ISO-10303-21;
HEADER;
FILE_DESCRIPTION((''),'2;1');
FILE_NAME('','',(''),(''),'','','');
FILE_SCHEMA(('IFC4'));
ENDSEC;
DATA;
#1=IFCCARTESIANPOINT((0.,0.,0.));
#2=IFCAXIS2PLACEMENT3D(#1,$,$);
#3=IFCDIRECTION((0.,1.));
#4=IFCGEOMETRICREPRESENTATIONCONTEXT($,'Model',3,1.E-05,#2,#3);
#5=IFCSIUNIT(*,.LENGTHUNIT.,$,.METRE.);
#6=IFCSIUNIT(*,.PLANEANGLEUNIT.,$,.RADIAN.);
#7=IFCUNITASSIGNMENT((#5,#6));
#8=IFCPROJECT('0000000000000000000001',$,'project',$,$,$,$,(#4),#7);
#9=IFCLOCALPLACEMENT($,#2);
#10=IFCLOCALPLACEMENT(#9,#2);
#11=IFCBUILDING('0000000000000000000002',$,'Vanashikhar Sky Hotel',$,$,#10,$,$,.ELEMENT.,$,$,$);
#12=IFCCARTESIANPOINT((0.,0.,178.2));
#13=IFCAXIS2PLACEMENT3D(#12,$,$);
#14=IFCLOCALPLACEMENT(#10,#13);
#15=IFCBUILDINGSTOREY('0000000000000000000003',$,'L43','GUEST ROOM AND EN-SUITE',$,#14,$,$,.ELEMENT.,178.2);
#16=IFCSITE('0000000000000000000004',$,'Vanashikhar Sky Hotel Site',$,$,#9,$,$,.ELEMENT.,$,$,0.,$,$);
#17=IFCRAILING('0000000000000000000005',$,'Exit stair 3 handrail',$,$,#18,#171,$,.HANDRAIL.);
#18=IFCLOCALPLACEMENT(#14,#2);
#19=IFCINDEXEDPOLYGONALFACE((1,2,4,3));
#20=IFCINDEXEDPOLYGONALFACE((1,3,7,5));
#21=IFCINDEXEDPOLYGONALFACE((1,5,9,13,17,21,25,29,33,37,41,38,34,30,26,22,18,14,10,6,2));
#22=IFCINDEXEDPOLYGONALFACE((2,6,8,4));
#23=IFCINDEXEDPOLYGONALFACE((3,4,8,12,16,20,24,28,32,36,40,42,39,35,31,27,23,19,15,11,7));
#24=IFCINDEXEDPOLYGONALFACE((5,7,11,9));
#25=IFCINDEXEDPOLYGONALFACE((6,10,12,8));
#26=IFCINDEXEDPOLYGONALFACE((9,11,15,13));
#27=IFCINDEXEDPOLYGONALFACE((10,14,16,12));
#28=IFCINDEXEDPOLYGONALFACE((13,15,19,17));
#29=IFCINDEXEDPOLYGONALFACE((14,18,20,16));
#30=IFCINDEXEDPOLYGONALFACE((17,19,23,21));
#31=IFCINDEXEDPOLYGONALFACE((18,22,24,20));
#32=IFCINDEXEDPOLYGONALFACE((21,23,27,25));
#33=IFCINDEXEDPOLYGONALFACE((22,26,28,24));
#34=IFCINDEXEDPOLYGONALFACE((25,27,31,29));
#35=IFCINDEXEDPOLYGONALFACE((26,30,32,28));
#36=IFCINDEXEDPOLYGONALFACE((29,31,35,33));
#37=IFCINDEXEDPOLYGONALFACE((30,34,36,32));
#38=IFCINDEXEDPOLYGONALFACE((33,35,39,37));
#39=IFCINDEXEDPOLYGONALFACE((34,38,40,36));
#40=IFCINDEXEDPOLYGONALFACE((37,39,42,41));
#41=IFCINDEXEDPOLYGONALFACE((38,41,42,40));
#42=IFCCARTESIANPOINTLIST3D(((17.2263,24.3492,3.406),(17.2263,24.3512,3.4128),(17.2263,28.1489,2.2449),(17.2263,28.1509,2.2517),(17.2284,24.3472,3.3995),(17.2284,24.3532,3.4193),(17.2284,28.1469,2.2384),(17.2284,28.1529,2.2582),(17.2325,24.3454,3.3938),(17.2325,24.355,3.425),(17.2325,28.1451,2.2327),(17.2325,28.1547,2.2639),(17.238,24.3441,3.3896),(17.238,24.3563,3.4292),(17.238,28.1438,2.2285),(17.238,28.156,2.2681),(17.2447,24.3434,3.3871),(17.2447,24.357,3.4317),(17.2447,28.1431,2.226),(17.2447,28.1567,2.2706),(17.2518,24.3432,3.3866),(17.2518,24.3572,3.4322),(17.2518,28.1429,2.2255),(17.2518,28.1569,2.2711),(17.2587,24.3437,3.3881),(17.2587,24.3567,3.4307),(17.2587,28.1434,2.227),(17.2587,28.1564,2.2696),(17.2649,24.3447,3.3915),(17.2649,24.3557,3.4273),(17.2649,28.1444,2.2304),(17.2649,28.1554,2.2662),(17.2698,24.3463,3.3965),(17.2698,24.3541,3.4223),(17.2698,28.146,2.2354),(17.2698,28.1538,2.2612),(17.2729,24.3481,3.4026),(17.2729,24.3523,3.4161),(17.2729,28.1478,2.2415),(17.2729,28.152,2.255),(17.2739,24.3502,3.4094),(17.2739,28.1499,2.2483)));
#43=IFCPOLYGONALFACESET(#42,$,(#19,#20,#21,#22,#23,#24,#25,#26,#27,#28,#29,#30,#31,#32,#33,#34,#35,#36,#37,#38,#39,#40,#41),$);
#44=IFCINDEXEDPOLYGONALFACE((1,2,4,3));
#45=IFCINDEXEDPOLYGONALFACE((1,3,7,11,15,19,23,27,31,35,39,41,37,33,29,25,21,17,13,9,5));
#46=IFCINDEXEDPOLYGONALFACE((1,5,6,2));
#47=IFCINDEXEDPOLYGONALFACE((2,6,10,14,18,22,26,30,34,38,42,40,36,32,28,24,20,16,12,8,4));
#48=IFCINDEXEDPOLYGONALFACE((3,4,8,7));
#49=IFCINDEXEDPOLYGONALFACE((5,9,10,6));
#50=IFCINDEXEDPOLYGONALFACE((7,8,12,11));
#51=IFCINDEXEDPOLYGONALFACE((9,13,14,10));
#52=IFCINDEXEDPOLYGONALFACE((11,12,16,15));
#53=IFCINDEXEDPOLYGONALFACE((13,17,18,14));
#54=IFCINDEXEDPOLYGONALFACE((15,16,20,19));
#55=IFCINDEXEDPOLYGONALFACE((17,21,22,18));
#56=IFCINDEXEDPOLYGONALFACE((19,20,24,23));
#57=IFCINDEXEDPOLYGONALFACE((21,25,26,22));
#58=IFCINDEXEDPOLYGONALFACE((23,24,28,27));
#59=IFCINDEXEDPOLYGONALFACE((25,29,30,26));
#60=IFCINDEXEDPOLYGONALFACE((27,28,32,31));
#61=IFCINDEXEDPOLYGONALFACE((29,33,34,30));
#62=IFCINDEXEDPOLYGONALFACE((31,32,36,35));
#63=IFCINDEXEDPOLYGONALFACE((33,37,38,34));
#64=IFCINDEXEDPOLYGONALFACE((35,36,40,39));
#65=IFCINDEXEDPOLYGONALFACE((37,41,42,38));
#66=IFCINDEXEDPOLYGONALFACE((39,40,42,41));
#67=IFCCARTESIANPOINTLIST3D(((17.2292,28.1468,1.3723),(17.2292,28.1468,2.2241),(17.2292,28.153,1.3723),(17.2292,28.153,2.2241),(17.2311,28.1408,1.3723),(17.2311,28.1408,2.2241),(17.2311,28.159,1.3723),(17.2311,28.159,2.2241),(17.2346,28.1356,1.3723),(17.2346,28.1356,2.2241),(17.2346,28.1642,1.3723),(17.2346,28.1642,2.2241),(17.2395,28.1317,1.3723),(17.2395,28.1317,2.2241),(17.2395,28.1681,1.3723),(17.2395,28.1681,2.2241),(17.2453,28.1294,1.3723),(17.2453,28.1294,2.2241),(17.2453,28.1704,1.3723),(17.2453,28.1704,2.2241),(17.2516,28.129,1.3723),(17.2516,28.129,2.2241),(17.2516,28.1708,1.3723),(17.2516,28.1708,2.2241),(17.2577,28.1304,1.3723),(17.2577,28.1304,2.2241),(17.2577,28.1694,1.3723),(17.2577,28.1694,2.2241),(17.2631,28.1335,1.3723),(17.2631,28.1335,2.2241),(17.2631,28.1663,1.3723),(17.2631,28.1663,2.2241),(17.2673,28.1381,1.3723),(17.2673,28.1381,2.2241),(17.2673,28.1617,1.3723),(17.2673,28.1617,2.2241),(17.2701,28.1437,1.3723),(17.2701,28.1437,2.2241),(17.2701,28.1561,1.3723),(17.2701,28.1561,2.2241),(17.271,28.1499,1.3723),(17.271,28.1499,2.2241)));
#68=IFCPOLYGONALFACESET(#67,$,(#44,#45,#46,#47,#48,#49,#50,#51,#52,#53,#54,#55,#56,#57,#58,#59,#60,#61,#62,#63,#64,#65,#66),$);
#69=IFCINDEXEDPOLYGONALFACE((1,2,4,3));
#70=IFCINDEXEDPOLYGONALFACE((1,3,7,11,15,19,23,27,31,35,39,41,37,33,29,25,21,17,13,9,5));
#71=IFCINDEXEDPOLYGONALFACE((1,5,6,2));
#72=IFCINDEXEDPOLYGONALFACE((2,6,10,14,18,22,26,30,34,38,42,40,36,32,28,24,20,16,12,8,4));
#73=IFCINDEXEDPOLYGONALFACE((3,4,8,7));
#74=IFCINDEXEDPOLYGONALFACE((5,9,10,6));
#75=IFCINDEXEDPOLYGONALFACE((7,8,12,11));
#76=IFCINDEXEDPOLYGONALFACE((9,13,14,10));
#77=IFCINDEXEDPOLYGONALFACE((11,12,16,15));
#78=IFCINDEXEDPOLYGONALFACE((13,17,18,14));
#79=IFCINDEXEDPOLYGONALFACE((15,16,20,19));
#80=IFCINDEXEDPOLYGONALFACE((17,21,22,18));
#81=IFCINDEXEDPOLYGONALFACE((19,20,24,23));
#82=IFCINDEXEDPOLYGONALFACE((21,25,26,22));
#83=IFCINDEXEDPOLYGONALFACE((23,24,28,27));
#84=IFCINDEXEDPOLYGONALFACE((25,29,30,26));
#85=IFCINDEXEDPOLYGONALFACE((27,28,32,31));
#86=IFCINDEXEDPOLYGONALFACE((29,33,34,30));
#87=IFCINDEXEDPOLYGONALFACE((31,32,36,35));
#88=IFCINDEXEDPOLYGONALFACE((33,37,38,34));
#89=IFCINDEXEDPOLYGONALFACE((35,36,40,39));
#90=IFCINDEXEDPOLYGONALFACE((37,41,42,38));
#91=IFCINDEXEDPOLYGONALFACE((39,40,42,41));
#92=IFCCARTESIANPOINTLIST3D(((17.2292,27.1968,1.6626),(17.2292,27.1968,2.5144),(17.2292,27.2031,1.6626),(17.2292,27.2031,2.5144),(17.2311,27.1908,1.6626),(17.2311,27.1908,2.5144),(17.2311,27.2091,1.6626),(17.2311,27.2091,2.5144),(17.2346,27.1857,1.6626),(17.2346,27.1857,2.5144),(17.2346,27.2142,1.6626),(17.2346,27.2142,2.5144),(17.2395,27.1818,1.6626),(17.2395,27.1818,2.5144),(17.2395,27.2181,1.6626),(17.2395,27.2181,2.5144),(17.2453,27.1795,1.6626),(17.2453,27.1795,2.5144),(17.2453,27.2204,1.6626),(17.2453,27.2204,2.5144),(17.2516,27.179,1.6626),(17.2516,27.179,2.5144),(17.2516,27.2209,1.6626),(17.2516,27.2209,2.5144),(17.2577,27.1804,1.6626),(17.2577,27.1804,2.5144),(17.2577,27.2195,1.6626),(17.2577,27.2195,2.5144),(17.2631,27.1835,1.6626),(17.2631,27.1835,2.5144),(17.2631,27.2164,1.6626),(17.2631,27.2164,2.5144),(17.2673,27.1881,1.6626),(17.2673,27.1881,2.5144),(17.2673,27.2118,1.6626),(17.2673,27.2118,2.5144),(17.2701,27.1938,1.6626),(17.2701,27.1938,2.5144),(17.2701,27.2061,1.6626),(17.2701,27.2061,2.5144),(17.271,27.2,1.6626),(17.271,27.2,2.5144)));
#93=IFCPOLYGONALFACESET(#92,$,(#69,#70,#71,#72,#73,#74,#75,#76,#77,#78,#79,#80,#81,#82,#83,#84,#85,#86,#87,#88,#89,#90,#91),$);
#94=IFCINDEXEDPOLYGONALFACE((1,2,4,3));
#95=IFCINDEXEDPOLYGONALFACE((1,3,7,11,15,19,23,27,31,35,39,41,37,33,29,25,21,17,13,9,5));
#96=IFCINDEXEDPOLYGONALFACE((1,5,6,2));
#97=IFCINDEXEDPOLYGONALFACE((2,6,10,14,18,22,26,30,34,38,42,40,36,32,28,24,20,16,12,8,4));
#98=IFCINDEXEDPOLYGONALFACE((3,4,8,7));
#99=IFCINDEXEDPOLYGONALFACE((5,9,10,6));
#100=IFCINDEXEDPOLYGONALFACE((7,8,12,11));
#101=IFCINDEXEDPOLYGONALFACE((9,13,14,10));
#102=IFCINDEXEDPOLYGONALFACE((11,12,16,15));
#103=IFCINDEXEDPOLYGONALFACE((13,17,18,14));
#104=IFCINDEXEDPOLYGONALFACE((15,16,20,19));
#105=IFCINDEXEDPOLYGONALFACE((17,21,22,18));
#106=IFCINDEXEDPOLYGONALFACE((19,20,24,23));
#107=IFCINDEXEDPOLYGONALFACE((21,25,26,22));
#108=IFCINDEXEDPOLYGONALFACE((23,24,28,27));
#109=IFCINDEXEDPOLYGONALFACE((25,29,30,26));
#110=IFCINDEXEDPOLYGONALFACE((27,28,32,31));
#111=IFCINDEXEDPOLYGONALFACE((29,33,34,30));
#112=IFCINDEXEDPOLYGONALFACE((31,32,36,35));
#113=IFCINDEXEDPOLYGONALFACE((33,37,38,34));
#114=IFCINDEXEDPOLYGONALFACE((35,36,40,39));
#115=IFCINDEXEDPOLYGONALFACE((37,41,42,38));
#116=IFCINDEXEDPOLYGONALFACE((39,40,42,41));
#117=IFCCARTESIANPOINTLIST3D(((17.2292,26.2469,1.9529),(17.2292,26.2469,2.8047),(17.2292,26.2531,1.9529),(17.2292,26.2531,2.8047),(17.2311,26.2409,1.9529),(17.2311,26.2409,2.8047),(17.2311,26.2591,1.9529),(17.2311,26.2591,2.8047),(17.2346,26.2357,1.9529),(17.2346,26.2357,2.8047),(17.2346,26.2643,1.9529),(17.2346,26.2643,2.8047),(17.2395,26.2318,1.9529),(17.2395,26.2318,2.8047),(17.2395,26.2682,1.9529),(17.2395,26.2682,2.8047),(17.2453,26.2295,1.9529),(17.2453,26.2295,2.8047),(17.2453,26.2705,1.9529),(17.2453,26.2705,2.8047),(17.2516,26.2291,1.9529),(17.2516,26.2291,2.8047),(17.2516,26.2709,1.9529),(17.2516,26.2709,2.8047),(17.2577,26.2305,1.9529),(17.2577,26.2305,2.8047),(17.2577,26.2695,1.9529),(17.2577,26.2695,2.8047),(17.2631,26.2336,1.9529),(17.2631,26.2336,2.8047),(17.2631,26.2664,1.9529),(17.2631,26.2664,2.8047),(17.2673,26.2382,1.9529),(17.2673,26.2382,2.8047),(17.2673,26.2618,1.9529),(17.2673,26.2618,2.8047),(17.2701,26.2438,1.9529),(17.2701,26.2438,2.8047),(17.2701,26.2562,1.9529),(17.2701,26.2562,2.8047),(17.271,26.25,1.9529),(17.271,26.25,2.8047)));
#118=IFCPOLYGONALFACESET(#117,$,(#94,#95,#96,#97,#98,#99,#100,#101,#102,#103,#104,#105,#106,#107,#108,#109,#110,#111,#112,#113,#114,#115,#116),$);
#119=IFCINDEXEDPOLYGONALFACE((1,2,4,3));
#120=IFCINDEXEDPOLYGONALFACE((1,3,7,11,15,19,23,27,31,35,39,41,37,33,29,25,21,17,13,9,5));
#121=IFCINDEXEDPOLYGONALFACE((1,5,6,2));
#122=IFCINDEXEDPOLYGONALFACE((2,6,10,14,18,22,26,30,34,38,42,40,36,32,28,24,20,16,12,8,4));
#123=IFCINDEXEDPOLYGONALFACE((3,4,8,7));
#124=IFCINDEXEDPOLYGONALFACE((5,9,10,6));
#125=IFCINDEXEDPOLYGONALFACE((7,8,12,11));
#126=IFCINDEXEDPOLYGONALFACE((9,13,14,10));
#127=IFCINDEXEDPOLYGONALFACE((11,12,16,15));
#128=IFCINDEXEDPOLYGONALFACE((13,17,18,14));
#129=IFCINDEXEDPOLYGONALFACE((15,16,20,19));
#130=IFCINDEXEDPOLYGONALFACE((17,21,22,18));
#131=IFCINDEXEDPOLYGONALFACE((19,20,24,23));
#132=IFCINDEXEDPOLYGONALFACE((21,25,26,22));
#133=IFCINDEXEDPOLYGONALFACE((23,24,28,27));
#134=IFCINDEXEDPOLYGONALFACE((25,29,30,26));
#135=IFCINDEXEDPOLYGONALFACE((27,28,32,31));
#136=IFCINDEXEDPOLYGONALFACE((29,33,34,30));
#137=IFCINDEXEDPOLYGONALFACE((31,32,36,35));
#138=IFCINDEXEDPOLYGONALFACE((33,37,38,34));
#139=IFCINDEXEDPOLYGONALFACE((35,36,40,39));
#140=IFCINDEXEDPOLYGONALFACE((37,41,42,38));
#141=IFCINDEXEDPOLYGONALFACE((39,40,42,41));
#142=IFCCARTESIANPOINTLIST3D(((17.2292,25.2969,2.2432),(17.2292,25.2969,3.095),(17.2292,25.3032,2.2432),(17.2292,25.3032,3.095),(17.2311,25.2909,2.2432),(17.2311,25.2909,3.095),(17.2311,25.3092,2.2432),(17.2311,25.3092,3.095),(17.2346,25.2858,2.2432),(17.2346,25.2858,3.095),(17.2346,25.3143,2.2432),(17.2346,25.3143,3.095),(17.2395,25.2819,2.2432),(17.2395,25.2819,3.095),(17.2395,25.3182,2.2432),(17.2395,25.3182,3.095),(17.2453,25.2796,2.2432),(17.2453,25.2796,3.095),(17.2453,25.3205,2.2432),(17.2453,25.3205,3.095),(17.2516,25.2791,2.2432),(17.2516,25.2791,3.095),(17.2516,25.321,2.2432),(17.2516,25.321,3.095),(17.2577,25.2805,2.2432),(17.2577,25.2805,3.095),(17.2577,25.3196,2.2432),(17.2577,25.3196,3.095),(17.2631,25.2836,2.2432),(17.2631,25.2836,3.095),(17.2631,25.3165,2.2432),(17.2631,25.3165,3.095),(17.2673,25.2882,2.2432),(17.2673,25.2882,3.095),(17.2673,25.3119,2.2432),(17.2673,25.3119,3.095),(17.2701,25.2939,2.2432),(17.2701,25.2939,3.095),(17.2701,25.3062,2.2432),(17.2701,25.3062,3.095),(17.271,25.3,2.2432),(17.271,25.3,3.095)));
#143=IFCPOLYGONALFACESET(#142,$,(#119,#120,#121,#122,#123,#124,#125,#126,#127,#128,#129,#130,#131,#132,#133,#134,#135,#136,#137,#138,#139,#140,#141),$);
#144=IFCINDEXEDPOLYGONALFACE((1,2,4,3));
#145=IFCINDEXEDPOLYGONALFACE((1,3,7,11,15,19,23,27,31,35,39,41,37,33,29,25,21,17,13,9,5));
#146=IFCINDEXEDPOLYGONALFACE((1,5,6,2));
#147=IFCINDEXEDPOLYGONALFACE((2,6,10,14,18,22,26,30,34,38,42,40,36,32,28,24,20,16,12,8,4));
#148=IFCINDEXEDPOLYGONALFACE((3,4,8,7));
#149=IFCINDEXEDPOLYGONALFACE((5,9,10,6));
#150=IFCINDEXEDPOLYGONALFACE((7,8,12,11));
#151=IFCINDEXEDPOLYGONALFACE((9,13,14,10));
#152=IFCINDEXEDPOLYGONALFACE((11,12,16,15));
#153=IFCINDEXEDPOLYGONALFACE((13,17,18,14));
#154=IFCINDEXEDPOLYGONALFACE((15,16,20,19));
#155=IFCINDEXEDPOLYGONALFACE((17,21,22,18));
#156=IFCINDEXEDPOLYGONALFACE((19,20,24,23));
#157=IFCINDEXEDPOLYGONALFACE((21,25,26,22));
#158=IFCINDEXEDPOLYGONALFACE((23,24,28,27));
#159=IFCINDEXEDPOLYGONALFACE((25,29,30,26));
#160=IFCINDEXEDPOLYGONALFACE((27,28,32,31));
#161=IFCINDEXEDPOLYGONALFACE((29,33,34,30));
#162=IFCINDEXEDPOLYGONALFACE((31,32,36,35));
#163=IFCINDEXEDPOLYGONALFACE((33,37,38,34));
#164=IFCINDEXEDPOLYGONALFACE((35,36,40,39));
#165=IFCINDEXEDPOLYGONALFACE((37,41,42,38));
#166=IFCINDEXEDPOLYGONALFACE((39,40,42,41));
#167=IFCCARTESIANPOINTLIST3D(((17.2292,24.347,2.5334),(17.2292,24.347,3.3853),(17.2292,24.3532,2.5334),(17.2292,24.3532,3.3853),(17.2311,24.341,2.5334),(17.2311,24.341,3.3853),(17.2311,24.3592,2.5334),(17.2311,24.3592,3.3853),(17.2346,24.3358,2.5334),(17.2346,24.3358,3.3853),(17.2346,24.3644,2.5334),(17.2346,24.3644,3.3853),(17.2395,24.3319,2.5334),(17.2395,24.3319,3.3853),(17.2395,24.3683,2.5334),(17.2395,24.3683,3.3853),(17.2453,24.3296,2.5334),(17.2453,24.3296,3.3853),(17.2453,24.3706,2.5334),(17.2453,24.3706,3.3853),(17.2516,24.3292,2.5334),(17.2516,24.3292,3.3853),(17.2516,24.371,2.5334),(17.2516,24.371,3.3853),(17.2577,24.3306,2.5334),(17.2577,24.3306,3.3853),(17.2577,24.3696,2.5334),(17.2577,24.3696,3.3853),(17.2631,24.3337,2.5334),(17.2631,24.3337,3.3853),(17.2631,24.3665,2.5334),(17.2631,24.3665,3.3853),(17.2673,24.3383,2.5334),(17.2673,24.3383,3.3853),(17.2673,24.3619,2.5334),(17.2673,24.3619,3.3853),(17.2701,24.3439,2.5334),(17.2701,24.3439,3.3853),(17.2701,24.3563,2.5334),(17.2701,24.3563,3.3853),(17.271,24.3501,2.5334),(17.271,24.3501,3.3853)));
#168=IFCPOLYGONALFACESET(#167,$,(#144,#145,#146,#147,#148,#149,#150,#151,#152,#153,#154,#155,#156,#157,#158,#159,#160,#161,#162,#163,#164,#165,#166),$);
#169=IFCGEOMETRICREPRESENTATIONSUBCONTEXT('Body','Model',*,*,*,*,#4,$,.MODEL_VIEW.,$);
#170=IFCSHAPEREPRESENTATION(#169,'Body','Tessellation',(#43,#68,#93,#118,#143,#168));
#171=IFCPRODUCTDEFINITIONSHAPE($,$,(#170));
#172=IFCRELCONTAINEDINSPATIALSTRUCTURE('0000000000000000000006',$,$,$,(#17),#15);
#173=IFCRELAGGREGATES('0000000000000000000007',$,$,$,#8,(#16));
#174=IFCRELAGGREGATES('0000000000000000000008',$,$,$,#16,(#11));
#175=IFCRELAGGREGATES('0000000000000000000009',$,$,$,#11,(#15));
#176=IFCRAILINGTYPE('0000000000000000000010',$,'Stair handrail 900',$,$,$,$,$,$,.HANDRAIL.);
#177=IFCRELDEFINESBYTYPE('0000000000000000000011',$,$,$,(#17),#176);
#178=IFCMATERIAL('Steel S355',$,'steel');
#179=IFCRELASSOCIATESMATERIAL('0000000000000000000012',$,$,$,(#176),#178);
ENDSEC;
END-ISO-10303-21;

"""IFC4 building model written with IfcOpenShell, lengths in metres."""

from ifc_helpers import new_model, si_unit, direction, frame, origin, origin_2d, place, context, subcontext, project, spatial, circle, extrude, source, transform, mapped, material, type_object, element, save


model = new_model("IFC4")

# Units and contexts
model_context = context("Model", 3, precision=1e-05, world=origin(), true_north=direction((0.0, 1.0)))
body_context = subcontext(model_context, "Body", "Model", "MODEL_VIEW")
ifc_project = project(units=[si_unit("LENGTHUNIT", "METRE"), si_unit("PLANEANGLEUNIT", "RADIAN")], contexts=[model_context])

# Site, building, storey
site_placement = place(None, origin())
site = spatial("IfcSite", under=ifc_project, at=site_placement, Name="Vanashikhar Sky Hotel Site", CompositionType="ELEMENT", RefElevation=0.0)
building_placement = place(site_placement, origin())
building = spatial("IfcBuilding", under=site, at=building_placement, Name="Vanashikhar Sky Hotel", CompositionType="ELEMENT")
storey_placement = place(building_placement, frame((0.0, 0.0, 178.2)))
storey = spatial("IfcBuildingStorey", under=building, at=storey_placement, Name="L43", Description="GUEST ROOM AND EN-SUITE", CompositionType="ELEMENT", Elevation=178.2)

# Railing
ifc_material_1 = material(Name="Steel S355", Category="steel")
railing_type_1 = type_object("IfcRailingType", Name="Stair handrail 900", PredefinedType="HANDRAIL", material=ifc_material_1)
shared_shape_1 = source(origin(), body_context, "Body", "SweptSolid", [
    extrude(circle(Radius=0.0239, at=origin_2d()), frame((0.0, 0.0, 0.876), z_axis=(0.0, -0.956346, 0.292237), x_axis=(1.0, 0.0, 0.0)), (0.0, 0.0, 1.0), 3.9731),
    extrude(circle(Radius=0.021, at=origin_2d()), origin(), (0.0, 0.0, 1.0), 0.8518),
    extrude(circle(Radius=0.021, at=origin_2d()), frame((0.0, -0.95, 0.2903)), (0.0, 0.0, 1.0), 0.8518),
    extrude(circle(Radius=0.021, at=origin_2d()), frame((0.0, -1.8999, 0.5806)), (0.0, 0.0, 1.0), 0.8518),
    extrude(circle(Radius=0.021, at=origin_2d()), frame((0.0, -2.8499, 0.8708)), (0.0, 0.0, 1.0), 0.8518),
    extrude(circle(Radius=0.021, at=origin_2d()), frame((0.0, -3.7998, 1.1611)), (0.0, 0.0, 1.0), 0.8518),
])
railing_1_placement = place(storey_placement, frame((17.25, 28.1499, 1.3723)))
element("IfcRailing", 1, at=railing_1_placement, inside=storey, type_object=railing_type_1, Name="Exit stair 3 handrail", PredefinedType="HANDRAIL", context=body_context, shape_type="MappedRepresentation", body=[
    mapped(shared_shape_1, transform((0.0, 0.0, 0.0), scale=1.0)),
])

save(model, "model.ifc")
